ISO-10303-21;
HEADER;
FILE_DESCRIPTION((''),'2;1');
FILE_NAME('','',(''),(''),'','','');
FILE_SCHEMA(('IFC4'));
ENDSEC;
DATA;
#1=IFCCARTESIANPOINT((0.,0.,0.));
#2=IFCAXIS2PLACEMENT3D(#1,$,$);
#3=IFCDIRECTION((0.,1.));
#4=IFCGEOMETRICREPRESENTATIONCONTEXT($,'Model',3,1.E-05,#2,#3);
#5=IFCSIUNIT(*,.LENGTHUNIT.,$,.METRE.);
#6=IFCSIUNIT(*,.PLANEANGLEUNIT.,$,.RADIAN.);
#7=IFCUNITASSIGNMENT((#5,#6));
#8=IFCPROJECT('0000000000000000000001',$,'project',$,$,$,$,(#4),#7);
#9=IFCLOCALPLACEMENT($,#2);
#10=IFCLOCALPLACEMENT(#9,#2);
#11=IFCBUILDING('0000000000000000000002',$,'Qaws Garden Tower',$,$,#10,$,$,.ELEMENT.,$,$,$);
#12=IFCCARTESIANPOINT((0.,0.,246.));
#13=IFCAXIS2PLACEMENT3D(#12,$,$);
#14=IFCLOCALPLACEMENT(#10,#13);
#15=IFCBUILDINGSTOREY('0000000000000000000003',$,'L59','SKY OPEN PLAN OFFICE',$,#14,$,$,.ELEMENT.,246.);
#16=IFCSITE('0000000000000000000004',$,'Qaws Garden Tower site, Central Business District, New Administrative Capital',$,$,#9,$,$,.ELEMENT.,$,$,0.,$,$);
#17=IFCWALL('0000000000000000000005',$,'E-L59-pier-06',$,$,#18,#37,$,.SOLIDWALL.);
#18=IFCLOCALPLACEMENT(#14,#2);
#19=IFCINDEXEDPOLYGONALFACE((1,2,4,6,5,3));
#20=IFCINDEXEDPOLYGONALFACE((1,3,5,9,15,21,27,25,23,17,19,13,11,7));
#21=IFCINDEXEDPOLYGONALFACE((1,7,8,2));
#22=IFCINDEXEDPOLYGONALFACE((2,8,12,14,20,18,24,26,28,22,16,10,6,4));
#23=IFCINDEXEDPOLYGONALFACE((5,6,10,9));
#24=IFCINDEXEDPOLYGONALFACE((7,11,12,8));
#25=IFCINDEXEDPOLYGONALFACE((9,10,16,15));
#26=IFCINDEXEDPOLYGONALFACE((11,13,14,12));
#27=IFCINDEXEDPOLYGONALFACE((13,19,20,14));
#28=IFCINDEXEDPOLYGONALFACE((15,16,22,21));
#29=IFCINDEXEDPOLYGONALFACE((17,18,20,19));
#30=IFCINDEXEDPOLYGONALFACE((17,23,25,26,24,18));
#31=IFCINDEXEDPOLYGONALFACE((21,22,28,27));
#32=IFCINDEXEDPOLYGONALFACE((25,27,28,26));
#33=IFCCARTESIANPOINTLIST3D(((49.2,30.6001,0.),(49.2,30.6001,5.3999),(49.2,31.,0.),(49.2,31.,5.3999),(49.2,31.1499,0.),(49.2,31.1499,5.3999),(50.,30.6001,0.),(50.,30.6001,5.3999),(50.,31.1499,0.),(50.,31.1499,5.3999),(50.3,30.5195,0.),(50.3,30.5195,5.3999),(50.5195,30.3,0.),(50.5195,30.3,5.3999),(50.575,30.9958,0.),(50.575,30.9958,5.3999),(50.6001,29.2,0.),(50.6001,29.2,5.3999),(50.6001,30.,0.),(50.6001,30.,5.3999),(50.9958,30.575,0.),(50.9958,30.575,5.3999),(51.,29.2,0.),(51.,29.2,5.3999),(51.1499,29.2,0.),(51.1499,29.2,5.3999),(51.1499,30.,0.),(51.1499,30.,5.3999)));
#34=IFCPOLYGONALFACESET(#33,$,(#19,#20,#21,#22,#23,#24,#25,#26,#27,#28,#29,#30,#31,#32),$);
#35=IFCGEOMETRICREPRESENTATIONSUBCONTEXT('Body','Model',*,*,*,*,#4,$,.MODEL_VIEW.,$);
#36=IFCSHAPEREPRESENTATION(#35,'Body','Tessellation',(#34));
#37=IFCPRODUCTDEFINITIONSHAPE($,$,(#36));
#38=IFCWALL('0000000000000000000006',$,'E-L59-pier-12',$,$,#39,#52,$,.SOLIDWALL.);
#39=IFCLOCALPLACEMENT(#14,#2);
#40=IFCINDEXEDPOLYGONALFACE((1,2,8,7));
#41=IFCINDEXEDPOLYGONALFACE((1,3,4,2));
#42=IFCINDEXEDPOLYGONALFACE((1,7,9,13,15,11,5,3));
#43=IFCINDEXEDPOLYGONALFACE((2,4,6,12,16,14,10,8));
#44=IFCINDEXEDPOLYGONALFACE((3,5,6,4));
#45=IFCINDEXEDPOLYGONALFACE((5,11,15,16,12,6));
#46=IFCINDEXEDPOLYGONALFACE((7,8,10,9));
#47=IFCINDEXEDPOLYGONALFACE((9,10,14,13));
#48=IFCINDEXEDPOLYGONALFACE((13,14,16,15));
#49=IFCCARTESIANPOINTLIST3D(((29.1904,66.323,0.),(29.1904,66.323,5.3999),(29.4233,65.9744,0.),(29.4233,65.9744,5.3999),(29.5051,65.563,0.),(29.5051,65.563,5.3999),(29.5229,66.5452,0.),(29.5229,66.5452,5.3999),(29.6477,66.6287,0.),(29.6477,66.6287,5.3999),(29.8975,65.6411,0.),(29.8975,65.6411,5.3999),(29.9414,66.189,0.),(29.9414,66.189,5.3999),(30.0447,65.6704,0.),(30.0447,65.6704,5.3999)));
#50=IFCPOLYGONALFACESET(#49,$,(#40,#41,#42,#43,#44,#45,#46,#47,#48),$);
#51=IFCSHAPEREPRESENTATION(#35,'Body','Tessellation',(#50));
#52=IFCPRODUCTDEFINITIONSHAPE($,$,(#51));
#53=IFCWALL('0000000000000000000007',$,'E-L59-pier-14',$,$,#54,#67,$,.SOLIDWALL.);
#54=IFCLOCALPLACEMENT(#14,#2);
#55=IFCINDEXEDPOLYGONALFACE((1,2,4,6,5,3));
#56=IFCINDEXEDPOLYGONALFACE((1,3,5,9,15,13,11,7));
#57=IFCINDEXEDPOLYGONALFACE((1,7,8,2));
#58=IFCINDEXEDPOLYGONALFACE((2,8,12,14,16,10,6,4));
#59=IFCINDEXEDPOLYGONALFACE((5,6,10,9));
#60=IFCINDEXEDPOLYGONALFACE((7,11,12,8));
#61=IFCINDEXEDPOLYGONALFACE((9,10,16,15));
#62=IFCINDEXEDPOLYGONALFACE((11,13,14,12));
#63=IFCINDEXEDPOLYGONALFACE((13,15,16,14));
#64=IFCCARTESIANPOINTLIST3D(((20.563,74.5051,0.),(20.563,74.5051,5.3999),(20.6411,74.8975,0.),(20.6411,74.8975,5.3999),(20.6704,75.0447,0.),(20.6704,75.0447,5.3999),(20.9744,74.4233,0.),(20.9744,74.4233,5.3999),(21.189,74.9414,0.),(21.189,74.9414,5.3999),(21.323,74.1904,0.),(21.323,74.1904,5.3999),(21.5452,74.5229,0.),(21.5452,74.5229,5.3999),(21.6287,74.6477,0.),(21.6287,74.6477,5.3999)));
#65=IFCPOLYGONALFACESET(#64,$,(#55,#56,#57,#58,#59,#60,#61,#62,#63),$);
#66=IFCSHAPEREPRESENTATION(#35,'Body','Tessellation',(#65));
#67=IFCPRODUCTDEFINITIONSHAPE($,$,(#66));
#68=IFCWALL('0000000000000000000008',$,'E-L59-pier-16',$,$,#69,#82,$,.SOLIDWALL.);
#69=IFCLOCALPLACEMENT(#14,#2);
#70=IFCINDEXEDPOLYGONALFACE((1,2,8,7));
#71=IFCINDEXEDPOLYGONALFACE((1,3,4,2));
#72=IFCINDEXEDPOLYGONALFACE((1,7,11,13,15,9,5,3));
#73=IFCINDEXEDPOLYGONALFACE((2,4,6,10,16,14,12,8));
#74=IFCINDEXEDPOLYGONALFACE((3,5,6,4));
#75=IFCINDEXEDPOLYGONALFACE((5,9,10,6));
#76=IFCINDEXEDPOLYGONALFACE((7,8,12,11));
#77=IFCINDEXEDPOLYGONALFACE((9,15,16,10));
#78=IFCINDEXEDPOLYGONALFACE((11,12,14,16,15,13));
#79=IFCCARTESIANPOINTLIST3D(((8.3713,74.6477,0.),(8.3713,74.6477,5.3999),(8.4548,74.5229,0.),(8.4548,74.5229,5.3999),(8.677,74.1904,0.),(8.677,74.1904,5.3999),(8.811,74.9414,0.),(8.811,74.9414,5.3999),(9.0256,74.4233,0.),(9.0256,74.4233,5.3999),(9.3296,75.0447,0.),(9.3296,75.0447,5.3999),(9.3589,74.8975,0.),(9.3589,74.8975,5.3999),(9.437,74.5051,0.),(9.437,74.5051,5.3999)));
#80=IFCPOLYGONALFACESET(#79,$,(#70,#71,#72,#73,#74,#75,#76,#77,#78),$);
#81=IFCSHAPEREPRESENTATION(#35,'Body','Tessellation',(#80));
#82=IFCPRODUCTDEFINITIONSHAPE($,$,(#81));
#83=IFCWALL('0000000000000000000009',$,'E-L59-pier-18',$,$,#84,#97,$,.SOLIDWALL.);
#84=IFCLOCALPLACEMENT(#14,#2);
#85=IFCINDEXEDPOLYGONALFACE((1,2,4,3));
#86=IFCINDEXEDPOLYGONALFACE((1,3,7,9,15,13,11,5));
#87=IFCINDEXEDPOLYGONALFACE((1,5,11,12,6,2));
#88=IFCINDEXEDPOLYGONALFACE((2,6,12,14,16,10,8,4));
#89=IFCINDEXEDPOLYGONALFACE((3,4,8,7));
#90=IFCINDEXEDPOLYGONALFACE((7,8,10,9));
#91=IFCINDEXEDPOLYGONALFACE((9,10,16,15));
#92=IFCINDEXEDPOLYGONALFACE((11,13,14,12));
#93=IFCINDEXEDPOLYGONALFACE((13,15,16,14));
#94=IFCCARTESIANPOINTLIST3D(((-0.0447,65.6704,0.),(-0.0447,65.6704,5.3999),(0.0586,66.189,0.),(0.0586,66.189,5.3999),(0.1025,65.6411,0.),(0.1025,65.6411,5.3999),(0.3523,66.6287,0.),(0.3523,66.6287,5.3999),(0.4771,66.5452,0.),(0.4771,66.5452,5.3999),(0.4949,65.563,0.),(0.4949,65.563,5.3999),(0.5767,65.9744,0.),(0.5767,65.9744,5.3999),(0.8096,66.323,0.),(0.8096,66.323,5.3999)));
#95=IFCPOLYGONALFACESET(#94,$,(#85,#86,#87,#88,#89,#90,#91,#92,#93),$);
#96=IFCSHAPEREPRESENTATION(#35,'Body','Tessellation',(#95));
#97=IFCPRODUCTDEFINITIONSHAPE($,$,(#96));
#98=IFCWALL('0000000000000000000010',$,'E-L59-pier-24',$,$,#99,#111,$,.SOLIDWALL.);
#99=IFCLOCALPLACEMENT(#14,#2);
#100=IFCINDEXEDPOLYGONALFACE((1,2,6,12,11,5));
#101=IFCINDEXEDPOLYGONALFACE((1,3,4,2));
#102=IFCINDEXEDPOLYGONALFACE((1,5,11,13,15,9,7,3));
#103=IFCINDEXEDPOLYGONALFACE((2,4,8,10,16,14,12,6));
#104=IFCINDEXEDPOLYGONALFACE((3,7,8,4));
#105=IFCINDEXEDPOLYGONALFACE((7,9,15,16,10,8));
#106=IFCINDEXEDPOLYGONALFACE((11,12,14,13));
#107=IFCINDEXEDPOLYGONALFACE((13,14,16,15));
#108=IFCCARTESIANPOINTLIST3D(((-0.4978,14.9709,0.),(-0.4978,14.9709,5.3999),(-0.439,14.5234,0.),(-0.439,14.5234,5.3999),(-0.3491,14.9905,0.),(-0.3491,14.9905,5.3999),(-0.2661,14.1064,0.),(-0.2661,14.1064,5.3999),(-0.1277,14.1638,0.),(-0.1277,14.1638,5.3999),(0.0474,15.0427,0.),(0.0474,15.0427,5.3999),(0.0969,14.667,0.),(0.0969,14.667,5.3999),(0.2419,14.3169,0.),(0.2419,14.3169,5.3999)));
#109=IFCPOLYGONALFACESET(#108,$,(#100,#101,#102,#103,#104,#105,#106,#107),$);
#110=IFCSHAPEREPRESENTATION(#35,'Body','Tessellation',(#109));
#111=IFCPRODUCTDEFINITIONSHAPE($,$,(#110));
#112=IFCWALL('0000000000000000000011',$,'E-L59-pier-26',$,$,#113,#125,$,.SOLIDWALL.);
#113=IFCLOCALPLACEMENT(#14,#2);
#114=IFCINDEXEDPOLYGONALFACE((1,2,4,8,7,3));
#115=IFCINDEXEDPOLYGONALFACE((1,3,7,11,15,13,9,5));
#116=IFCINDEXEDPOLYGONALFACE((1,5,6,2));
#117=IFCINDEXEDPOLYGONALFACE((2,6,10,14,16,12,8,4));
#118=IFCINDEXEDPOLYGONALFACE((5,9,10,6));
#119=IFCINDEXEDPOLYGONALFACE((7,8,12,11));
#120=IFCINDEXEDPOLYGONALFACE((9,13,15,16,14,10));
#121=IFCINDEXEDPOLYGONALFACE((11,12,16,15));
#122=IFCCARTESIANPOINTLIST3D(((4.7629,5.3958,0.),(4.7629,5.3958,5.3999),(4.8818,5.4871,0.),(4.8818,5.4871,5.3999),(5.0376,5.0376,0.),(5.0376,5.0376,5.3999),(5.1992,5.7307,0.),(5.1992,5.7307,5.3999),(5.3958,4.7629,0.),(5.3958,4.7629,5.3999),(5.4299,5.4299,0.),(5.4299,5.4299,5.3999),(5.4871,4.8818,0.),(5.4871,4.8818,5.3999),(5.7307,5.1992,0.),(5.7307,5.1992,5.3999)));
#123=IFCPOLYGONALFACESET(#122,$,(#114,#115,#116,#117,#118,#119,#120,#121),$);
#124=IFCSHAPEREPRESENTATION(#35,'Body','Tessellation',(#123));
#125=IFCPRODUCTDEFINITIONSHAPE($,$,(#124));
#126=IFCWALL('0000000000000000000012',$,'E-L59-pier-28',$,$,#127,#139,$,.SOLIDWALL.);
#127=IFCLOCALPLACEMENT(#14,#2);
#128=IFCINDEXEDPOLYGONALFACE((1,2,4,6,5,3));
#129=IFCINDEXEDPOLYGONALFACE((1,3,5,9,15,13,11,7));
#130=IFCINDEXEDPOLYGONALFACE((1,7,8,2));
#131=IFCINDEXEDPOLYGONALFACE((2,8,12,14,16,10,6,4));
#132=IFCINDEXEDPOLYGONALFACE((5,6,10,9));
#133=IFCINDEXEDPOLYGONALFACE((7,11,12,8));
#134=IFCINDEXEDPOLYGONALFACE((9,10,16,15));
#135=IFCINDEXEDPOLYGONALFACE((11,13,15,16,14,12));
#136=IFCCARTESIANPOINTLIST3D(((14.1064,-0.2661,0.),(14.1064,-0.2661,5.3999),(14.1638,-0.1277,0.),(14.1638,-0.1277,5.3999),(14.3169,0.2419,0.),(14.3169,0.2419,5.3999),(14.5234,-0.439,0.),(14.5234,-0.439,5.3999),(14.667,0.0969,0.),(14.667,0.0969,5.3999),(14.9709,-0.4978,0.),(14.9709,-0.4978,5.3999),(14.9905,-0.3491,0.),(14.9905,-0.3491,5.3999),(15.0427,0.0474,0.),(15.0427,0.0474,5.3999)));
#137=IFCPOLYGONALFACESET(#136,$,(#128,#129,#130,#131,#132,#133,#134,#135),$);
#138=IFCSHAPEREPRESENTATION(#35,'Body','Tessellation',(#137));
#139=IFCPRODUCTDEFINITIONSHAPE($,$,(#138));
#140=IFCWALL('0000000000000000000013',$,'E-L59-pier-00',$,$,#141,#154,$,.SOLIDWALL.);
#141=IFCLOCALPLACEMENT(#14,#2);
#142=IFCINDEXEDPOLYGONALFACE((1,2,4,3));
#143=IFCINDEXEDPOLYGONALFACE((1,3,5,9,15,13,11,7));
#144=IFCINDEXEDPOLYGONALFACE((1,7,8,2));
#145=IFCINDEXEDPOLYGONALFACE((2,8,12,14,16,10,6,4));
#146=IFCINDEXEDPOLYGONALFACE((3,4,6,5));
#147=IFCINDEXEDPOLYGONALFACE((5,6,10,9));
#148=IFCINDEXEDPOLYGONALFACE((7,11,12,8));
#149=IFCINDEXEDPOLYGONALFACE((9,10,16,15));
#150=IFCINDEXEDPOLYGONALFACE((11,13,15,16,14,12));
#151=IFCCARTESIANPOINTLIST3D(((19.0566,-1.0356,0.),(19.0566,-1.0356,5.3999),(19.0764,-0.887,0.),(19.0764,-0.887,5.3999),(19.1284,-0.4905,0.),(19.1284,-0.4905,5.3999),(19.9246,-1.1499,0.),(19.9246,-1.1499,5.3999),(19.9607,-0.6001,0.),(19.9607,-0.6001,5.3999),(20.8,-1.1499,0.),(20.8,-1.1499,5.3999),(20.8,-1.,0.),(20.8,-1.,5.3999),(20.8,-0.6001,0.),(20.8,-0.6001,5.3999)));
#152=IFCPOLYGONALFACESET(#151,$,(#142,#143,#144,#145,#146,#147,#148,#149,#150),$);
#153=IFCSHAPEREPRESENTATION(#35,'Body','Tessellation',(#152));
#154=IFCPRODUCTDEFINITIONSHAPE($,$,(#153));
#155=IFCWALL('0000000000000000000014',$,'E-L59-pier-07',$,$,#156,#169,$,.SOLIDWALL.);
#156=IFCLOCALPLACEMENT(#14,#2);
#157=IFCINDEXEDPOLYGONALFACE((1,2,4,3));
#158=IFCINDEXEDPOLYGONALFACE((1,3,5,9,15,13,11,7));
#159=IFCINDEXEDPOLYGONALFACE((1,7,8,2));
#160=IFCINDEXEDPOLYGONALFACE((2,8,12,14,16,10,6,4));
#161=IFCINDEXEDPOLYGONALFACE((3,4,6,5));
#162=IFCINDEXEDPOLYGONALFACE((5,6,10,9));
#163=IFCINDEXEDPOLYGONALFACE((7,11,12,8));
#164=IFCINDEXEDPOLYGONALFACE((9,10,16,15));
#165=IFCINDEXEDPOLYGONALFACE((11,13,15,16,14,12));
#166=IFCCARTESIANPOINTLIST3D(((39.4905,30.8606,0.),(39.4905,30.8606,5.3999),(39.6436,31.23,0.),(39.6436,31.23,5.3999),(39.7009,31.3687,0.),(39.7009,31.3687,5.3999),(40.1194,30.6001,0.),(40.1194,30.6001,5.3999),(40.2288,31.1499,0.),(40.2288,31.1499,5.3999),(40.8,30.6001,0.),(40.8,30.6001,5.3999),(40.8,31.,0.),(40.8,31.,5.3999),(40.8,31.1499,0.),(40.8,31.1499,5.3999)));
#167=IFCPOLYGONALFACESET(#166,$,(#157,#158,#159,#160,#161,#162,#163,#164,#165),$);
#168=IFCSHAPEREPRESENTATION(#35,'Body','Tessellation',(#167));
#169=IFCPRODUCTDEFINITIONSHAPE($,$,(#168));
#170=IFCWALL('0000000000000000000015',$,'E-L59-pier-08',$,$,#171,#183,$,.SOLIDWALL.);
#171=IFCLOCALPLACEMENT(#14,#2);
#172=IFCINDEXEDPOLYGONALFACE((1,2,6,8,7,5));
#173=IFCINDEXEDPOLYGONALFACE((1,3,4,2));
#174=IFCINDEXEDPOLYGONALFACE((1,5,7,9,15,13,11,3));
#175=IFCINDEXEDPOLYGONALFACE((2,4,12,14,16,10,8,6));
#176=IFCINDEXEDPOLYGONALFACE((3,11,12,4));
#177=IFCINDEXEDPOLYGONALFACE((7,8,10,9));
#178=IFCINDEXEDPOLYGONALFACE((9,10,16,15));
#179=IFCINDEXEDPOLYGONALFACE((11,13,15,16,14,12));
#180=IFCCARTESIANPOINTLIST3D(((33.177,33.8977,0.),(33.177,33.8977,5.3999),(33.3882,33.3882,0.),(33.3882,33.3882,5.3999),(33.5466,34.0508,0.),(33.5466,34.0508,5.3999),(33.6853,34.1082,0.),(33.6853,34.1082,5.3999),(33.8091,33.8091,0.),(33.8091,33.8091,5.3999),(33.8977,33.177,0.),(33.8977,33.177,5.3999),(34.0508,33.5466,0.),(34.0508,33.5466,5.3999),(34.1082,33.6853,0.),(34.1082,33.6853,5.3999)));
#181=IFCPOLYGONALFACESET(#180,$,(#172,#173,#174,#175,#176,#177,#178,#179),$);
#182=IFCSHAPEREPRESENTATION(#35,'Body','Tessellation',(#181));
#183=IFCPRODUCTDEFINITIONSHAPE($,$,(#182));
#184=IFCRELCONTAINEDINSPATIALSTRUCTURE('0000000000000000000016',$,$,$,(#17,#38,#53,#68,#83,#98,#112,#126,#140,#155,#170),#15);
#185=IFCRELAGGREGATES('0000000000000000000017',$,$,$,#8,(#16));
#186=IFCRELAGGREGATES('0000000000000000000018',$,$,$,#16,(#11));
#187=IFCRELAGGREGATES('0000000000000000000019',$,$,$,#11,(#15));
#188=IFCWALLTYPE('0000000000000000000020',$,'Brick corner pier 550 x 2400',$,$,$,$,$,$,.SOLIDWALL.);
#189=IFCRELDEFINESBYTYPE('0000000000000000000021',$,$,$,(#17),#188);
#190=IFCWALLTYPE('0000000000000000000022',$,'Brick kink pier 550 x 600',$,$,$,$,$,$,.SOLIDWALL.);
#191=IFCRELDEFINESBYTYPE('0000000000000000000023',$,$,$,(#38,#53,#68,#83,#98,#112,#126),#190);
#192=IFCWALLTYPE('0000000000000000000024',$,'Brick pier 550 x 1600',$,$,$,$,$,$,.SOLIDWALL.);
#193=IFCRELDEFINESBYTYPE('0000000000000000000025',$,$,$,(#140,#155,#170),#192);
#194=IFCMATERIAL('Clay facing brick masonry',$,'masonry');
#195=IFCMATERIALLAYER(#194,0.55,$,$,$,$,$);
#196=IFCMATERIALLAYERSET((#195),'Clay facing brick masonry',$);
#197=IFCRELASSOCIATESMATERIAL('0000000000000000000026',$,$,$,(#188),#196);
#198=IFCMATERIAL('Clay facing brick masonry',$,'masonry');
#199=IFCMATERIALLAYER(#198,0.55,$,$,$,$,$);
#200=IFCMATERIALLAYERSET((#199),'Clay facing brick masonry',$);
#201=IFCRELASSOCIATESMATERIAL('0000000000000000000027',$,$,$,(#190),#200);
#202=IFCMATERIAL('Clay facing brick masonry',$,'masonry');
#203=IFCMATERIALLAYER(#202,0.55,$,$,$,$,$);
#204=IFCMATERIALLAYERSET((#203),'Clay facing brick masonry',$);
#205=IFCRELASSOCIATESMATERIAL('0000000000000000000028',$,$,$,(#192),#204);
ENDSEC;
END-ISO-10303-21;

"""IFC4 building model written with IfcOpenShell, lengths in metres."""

from ifc_helpers import new_model, si_unit, direction, frame, origin, place, context, subcontext, project, spatial, polyline, outline, extrude, material, layer, layer_set, type_object, element, save


model = new_model("IFC4")

# Units and contexts
model_context = context("Model", 3, precision=1e-05, world=origin(), true_north=direction((0.0, 1.0)))
body_context = subcontext(model_context, "Body", "Model", "MODEL_VIEW")
ifc_project = project(units=[si_unit("LENGTHUNIT", "METRE"), si_unit("PLANEANGLEUNIT", "RADIAN")], contexts=[model_context])

# Site, building, storey
site_placement = place(None, origin())
site = spatial("IfcSite", under=ifc_project, at=site_placement, Name="Qaws Garden Tower site, Central Business District, New Administrative Capital", CompositionType="ELEMENT", RefElevation=0.0)
building_placement = place(site_placement, origin())
building = spatial("IfcBuilding", under=site, at=building_placement, Name="Qaws Garden Tower", CompositionType="ELEMENT")
storey_placement = place(building_placement, frame((0.0, 0.0, 246.0)))
storey = spatial("IfcBuildingStorey", under=building, at=storey_placement, Name="L59", Description="SKY OPEN PLAN OFFICE", CompositionType="ELEMENT", Elevation=246.0)

# Shared definitions
placement_1 = place(storey_placement, origin())

# Walls
ifc_material_1 = material(Name="Clay facing brick masonry", Category="masonry")
ifc_layer_1 = layer(ifc_material_1, 0.55)
ifc_layer_set_1 = layer_set([ifc_layer_1], Name="Clay facing brick masonry")
wall_type_1 = type_object("IfcWallType", Name="Brick corner pier 550 x 2400", PredefinedType="SOLIDWALL", material=ifc_layer_set_1)
element("IfcWall", 1, at=placement_1, inside=storey, type_object=wall_type_1, Name="E-L59-pier-06", PredefinedType="SOLIDWALL", context=body_context, shape_type="SweptSolid", body=[
    extrude(outline(polyline([(51.0, 29.2), (51.1499, 29.2), (51.1499, 30.0), (50.9958, 30.575), (50.575, 30.9958), (50.0, 31.1499), (49.2, 31.1499), (49.2, 31.0), (49.2, 30.6001), (50.0, 30.6001), (50.3, 30.5195), (50.5195, 30.3), (50.6001, 30.0), (50.6001, 29.2), (51.0, 29.2)])), origin(), (0.0, 0.0, 1.0), 5.3999),
])
ifc_material_2 = material(Name="Clay facing brick masonry", Category="masonry")
ifc_layer_2 = layer(ifc_material_2, 0.55)
ifc_layer_set_2 = layer_set([ifc_layer_2], Name="Clay facing brick masonry")
wall_type_2 = type_object("IfcWallType", Name="Brick kink pier 550 x 600", PredefinedType="SOLIDWALL", material=ifc_layer_set_2)
element("IfcWall", 2, at=placement_1, inside=storey, type_object=wall_type_2, Name="E-L59-pier-12", PredefinedType="SOLIDWALL", context=body_context, shape_type="SweptSolid", body=[
    extrude(outline(polyline([(29.8975, 65.6411), (30.0447, 65.6704), (29.9414, 66.189), (29.6477, 66.6287), (29.5229, 66.5452), (29.1904, 66.323), (29.4233, 65.9744), (29.5051, 65.563), (29.8975, 65.6411)])), origin(), (0.0, 0.0, 1.0), 5.3999),
])
element("IfcWall", 3, at=placement_1, inside=storey, type_object=wall_type_2, Name="E-L59-pier-14", PredefinedType="SOLIDWALL", context=body_context, shape_type="SweptSolid", body=[
    extrude(outline(polyline([(21.5452, 74.5229), (21.6287, 74.6477), (21.189, 74.9414), (20.6704, 75.0447), (20.6411, 74.8975), (20.563, 74.5051), (20.9744, 74.4233), (21.323, 74.1904), (21.5452, 74.5229)])), origin(), (0.0, 0.0, 1.0), 5.3999),
])
element("IfcWall", 4, at=placement_1, inside=storey, type_object=wall_type_2, Name="E-L59-pier-16", PredefinedType="SOLIDWALL", context=body_context, shape_type="SweptSolid", body=[
    extrude(outline(polyline([(9.3589, 74.8975), (9.3296, 75.0447), (8.811, 74.9414), (8.3713, 74.6477), (8.4548, 74.5229), (8.677, 74.1904), (9.0256, 74.4233), (9.437, 74.5051), (9.3589, 74.8975)])), origin(), (0.0, 0.0, 1.0), 5.3999),
])
element("IfcWall", 5, at=placement_1, inside=storey, type_object=wall_type_2, Name="E-L59-pier-18", PredefinedType="SOLIDWALL", context=body_context, shape_type="SweptSolid", body=[
    extrude(outline(polyline([(0.4771, 66.5452), (0.3523, 66.6287), (0.0586, 66.189), (-0.0447, 65.6704), (0.1025, 65.6411), (0.4949, 65.563), (0.5767, 65.9744), (0.8096, 66.323), (0.4771, 66.5452)])), origin(), (0.0, 0.0, 1.0), 5.3999),
])
element("IfcWall", 6, at=placement_1, inside=storey, type_object=wall_type_2, Name="E-L59-pier-24", PredefinedType="SOLIDWALL", context=body_context, shape_type="SweptSolid", body=[
    extrude(outline(polyline([(-0.3491, 14.9905), (-0.4978, 14.9709), (-0.439, 14.5234), (-0.2661, 14.1064), (-0.1277, 14.1638), (0.2419, 14.3169), (0.0969, 14.667), (0.0474, 15.0427), (-0.3491, 14.9905)])), origin(), (0.0, 0.0, 1.0), 5.3999),
])
element("IfcWall", 7, at=placement_1, inside=storey, type_object=wall_type_2, Name="E-L59-pier-26", PredefinedType="SOLIDWALL", context=body_context, shape_type="SweptSolid", body=[
    extrude(outline(polyline([(4.8818, 5.4871), (4.7629, 5.3958), (5.0376, 5.0376), (5.3958, 4.7629), (5.4871, 4.8818), (5.7307, 5.1992), (5.4299, 5.4299), (5.1992, 5.7307), (4.8818, 5.4871)])), origin(), (0.0, 0.0, 1.0), 5.3999),
])
element("IfcWall", 8, at=placement_1, inside=storey, type_object=wall_type_2, Name="E-L59-pier-28", PredefinedType="SOLIDWALL", context=body_context, shape_type="SweptSolid", body=[
    extrude(outline(polyline([(14.1638, -0.1277), (14.1064, -0.2661), (14.5234, -0.439), (14.9709, -0.4978), (14.9905, -0.3491), (15.0427, 0.0474), (14.667, 0.0969), (14.3169, 0.2419), (14.1638, -0.1277)])), origin(), (0.0, 0.0, 1.0), 5.3999),
])
ifc_material_3 = material(Name="Clay facing brick masonry", Category="masonry")
ifc_layer_3 = layer(ifc_material_3, 0.55)
ifc_layer_set_3 = layer_set([ifc_layer_3], Name="Clay facing brick masonry")
wall_type_3 = type_object("IfcWallType", Name="Brick pier 550 x 1600", PredefinedType="SOLIDWALL", material=ifc_layer_set_3)
element("IfcWall", 9, at=placement_1, inside=storey, type_object=wall_type_3, Name="E-L59-pier-00", PredefinedType="SOLIDWALL", context=body_context, shape_type="SweptSolid", body=[
    extrude(outline(polyline([(19.0764, -0.887), (19.0566, -1.0356), (19.9246, -1.1499), (20.8, -1.1499), (20.8, -1.0), (20.8, -0.6001), (19.9607, -0.6001), (19.1284, -0.4905), (19.0764, -0.887)])), origin(), (0.0, 0.0, 1.0), 5.3999),
])
element("IfcWall", 10, at=placement_1, inside=storey, type_object=wall_type_3, Name="E-L59-pier-07", PredefinedType="SOLIDWALL", context=body_context, shape_type="SweptSolid", body=[
    extrude(outline(polyline([(40.8, 31.0), (40.8, 31.1499), (40.2288, 31.1499), (39.7009, 31.3687), (39.6436, 31.23), (39.4905, 30.8606), (40.1194, 30.6001), (40.8, 30.6001), (40.8, 31.0)])), origin(), (0.0, 0.0, 1.0), 5.3999),
])
element("IfcWall", 11, at=placement_1, inside=storey, type_object=wall_type_3, Name="E-L59-pier-08", PredefinedType="SOLIDWALL", context=body_context, shape_type="SweptSolid", body=[
    extrude(outline(polyline([(34.0508, 33.5466), (34.1082, 33.6853), (33.8091, 33.8091), (33.6853, 34.1082), (33.5466, 34.0508), (33.177, 33.8977), (33.3882, 33.3882), (33.8977, 33.177), (34.0508, 33.5466)])), origin(), (0.0, 0.0, 1.0), 5.3999),
])

save(model, "model.ifc")
